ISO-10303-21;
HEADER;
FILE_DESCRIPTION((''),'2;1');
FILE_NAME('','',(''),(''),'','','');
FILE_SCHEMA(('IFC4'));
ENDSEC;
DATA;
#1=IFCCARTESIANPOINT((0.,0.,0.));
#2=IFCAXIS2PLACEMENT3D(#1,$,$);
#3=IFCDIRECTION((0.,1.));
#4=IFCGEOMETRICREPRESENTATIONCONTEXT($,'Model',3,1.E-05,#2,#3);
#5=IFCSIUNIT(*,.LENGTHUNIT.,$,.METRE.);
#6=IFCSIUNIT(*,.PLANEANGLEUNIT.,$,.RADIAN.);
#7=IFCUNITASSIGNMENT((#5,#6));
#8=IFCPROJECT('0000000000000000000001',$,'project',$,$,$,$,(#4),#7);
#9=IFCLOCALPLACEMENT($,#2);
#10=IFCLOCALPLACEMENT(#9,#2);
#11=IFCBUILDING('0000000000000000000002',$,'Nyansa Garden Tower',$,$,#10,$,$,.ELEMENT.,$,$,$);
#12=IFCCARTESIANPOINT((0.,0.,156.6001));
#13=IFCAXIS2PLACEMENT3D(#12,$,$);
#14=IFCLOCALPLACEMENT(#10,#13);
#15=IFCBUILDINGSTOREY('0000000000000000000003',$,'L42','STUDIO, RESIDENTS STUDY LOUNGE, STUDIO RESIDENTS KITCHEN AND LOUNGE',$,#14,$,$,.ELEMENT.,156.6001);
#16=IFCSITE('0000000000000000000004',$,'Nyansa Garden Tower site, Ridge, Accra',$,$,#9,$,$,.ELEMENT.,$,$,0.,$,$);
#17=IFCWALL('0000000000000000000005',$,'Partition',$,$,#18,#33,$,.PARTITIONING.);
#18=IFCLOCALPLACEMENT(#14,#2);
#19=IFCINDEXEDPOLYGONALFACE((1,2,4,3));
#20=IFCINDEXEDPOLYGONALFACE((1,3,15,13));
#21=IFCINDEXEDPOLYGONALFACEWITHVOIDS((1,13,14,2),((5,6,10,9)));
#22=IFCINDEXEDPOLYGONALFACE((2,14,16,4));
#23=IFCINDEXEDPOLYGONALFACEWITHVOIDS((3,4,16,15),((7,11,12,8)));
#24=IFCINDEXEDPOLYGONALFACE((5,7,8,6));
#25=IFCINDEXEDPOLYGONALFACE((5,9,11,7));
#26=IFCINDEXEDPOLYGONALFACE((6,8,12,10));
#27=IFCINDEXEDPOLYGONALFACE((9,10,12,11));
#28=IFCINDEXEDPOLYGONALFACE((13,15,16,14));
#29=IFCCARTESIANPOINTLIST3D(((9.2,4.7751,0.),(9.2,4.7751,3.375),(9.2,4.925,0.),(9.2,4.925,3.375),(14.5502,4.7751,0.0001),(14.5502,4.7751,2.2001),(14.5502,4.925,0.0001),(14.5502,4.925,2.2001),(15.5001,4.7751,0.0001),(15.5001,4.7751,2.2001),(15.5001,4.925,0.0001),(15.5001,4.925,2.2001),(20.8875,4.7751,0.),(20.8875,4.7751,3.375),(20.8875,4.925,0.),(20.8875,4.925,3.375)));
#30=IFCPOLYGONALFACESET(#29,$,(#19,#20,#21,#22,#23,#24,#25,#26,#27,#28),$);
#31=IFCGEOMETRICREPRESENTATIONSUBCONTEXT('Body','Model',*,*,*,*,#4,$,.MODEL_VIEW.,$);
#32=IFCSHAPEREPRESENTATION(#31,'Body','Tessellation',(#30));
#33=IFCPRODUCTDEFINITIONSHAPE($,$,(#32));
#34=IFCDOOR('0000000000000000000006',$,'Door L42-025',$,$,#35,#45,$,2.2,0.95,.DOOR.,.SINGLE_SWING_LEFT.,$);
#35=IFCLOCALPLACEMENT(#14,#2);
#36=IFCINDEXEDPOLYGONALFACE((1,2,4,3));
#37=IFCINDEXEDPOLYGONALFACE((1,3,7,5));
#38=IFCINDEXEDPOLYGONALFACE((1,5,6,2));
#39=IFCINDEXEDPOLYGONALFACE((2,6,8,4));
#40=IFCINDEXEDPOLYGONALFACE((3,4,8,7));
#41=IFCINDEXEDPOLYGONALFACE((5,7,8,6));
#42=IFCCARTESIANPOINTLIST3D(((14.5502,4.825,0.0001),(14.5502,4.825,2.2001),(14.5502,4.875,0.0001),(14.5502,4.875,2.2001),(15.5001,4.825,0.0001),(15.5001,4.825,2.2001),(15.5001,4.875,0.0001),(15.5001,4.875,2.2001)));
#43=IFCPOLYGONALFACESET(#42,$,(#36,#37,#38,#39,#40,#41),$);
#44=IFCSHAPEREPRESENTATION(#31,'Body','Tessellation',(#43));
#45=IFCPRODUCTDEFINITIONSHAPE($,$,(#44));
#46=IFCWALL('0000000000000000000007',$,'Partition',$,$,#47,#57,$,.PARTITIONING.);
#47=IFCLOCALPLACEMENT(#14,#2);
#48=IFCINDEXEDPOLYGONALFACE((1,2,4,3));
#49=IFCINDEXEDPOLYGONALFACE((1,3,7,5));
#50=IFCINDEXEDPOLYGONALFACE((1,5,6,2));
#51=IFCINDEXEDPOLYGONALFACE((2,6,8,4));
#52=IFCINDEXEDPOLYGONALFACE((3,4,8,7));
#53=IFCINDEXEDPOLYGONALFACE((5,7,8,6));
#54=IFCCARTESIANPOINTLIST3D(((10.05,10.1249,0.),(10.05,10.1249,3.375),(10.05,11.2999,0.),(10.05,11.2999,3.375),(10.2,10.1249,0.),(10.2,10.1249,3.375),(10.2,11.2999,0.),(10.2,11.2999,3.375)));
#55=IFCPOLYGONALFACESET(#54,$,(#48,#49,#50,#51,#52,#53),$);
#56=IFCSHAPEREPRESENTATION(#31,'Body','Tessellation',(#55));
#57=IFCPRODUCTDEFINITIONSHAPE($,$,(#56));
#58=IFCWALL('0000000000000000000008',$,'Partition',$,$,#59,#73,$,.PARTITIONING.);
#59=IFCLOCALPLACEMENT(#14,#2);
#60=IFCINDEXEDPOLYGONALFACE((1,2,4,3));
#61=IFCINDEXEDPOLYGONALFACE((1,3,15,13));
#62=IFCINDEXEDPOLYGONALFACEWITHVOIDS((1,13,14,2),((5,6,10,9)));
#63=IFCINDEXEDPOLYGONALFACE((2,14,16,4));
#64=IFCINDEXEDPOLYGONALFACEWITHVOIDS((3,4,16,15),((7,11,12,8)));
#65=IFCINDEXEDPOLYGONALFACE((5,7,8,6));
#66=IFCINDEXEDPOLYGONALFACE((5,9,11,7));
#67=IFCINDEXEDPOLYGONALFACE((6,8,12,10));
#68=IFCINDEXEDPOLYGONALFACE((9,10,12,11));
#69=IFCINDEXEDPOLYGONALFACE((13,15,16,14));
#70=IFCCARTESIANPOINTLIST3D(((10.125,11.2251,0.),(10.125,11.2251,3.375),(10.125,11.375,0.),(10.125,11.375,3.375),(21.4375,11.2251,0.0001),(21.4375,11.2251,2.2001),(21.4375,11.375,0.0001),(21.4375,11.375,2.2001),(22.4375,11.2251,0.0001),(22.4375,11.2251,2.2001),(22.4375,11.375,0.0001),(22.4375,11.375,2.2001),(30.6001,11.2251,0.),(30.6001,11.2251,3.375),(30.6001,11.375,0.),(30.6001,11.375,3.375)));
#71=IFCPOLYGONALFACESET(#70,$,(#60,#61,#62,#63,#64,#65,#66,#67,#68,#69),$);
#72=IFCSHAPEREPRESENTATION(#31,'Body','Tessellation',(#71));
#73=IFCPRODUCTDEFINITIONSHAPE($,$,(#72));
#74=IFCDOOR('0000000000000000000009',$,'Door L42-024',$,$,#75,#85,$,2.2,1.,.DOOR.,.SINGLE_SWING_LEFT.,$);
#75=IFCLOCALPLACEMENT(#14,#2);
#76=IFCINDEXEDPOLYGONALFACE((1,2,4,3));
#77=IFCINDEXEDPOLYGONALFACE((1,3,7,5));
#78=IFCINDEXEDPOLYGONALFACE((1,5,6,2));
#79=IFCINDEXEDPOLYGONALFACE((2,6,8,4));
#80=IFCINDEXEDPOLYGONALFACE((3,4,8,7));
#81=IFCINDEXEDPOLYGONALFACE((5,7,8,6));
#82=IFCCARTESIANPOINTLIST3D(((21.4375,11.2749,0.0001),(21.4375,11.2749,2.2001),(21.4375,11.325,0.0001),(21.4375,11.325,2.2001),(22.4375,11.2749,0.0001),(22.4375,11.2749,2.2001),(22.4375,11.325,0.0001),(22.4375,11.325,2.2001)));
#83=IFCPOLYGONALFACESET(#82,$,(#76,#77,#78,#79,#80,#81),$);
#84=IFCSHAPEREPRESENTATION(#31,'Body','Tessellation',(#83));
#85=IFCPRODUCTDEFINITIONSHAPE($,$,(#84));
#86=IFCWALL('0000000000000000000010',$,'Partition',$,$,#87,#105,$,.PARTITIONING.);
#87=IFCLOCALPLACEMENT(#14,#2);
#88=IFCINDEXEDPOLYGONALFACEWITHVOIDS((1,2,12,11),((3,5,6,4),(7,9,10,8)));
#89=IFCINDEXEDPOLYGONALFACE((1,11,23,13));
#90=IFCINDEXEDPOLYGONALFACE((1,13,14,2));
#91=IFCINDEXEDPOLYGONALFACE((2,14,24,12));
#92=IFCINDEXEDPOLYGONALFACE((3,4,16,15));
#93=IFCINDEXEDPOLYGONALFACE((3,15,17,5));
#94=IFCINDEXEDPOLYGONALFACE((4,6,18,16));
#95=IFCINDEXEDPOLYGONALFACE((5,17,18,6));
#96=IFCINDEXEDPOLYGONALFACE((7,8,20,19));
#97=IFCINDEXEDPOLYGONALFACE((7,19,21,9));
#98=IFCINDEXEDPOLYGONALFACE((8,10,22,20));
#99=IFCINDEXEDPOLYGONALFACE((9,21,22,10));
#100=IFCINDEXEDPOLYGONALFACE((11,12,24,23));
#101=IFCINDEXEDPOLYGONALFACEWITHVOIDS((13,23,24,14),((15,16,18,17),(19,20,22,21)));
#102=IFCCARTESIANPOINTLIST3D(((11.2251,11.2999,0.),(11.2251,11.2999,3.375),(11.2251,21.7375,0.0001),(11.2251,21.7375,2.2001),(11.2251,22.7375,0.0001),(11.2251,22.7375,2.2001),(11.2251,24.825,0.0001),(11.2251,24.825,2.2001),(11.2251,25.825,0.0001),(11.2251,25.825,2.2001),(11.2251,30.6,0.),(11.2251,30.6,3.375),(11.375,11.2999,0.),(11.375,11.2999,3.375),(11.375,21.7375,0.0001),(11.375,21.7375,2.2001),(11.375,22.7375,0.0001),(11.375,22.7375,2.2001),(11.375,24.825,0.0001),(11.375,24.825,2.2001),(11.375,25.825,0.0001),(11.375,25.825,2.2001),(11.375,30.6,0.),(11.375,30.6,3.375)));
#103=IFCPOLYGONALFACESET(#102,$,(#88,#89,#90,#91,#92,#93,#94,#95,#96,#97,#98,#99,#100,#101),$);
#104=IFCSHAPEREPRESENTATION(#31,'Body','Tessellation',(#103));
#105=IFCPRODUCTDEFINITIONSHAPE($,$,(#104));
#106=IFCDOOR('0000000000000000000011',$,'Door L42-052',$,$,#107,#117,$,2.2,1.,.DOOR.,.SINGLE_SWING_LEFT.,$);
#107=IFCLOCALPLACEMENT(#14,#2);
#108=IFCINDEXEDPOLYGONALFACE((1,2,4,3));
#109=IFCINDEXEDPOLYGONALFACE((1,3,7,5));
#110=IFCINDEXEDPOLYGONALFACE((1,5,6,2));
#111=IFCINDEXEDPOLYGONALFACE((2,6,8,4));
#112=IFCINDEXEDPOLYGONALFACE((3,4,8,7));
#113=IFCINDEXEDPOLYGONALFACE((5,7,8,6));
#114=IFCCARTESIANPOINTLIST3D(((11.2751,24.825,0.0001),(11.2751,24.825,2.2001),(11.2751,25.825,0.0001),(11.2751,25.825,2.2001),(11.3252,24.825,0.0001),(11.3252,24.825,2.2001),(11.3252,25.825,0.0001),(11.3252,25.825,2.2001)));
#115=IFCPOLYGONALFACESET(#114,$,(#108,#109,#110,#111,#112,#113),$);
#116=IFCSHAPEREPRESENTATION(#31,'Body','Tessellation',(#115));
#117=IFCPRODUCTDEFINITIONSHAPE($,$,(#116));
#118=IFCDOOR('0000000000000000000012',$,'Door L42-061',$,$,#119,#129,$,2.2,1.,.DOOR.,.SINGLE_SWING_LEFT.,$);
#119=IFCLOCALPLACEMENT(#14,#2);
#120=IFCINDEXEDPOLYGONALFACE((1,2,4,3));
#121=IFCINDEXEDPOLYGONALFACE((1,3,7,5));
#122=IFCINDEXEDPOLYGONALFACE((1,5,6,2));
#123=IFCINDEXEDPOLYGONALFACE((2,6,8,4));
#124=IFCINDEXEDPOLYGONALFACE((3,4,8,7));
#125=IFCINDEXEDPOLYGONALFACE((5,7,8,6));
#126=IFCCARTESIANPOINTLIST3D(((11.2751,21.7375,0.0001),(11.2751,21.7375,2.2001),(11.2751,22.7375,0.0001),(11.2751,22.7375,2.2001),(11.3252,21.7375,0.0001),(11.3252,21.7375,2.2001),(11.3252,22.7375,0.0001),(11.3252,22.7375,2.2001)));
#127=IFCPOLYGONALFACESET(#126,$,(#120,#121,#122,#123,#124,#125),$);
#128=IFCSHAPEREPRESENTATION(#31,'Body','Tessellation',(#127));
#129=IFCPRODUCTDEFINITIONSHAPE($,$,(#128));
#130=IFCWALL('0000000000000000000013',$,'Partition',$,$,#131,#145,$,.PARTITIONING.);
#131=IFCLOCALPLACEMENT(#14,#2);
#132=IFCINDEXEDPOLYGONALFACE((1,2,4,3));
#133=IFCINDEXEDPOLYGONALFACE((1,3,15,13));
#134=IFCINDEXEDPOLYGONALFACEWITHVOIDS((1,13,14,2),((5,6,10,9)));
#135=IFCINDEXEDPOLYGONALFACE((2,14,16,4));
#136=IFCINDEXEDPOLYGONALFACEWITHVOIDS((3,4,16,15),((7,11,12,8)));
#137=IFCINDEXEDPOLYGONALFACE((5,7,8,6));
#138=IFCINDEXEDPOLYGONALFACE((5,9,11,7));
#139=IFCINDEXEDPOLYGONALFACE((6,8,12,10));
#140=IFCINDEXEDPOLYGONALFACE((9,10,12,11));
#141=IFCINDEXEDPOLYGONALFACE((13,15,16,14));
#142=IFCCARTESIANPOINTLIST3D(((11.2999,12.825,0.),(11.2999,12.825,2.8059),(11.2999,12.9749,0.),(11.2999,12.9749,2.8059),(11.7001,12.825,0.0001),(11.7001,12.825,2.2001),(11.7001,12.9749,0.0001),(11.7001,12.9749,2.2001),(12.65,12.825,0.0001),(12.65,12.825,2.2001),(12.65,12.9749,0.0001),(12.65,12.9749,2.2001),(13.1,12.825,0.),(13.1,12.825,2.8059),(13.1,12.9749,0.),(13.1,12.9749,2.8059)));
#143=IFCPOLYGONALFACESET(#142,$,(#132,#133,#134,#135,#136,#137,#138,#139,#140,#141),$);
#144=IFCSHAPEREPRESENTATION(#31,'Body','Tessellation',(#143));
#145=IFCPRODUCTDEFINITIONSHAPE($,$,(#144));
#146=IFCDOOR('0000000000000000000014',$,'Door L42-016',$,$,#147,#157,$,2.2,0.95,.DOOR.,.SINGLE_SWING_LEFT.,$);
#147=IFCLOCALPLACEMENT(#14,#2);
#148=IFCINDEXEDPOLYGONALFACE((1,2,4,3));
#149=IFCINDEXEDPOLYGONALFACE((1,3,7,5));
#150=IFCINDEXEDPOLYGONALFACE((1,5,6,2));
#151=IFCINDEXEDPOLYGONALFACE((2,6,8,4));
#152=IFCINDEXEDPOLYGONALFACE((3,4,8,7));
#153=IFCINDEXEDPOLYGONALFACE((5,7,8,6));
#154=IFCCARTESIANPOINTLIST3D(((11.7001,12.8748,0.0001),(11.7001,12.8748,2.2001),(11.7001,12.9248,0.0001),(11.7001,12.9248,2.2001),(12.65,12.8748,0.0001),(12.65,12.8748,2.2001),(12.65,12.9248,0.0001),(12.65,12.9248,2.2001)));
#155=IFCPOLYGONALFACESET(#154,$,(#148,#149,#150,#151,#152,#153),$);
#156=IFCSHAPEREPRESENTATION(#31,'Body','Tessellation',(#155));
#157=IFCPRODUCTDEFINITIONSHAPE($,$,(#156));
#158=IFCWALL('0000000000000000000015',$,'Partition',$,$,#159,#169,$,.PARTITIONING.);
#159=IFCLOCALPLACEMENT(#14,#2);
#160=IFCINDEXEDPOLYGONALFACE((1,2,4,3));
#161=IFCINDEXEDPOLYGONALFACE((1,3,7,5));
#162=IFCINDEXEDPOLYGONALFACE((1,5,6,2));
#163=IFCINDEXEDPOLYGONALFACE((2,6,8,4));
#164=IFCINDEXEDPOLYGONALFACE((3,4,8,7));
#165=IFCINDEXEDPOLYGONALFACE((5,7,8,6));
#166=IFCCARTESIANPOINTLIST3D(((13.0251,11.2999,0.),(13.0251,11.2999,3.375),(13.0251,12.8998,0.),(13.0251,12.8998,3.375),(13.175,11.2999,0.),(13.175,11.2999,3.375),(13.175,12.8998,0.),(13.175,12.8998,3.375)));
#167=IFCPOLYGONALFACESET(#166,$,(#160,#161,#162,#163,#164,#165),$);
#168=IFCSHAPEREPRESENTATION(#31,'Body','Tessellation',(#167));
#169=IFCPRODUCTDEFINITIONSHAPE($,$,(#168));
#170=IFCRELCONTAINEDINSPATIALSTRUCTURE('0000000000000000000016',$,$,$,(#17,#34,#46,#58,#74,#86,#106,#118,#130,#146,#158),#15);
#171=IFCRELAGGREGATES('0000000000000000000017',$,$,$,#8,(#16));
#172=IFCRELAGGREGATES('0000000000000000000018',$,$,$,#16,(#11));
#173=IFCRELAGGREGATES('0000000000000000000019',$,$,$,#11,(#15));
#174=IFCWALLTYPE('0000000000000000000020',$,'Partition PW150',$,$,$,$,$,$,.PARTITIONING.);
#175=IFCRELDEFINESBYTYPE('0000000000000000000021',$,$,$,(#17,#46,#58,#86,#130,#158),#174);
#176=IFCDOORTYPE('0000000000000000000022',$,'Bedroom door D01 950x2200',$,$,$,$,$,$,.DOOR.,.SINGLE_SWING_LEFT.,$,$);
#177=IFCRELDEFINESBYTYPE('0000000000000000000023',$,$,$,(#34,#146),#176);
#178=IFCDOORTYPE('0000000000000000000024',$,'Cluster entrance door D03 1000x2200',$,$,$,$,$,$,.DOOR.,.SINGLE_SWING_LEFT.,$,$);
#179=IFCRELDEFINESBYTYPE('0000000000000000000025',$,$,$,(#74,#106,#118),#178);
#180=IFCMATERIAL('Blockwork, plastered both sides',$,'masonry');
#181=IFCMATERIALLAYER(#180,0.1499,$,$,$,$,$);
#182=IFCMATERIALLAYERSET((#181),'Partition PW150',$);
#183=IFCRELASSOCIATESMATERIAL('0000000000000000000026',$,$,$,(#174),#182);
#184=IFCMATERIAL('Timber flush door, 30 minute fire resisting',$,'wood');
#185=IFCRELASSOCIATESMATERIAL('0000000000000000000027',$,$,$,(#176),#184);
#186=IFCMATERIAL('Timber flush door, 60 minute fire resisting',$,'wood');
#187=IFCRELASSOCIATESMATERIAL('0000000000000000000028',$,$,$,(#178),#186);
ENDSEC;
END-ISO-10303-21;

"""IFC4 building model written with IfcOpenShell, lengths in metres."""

from ifc_helpers import new_model, si_unit, direction, frame, frame_2d, origin, place, context, subcontext, project, spatial, rectangle, extrude, material, layer, layer_set, type_object, element, fill, save


model = new_model("IFC4")

# Units and contexts
model_context = context("Model", 3, precision=1e-05, world=origin(), true_north=direction((0.0, 1.0)))
body_context = subcontext(model_context, "Body", "Model", "MODEL_VIEW")
ifc_project = project(units=[si_unit("LENGTHUNIT", "METRE"), si_unit("PLANEANGLEUNIT", "RADIAN")], contexts=[model_context])

# Site, building, storey
site_placement = place(None, origin())
site = spatial("IfcSite", under=ifc_project, at=site_placement, Name="Nyansa Garden Tower site, Ridge, Accra", CompositionType="ELEMENT", RefElevation=0.0)
building_placement = place(site_placement, origin())
building = spatial("IfcBuilding", under=site, at=building_placement, Name="Nyansa Garden Tower", CompositionType="ELEMENT")
storey_placement = place(building_placement, frame((0.0, 0.0, 156.6001)))
storey = spatial("IfcBuildingStorey", under=building, at=storey_placement, Name="L42", Description="STUDIO, RESIDENTS STUDY LOUNGE, STUDIO RESIDENTS KITCHEN AND LOUNGE", CompositionType="ELEMENT", Elevation=156.6001)

# Wall, opening, door
ifc_material_1 = material(Name="Blockwork, plastered both sides", Category="masonry")
ifc_layer = layer(ifc_material_1, 0.1499)
ifc_layer_set = layer_set([ifc_layer], Name="Partition PW150")
wall_type = type_object("IfcWallType", Name="Partition PW150", PredefinedType="PARTITIONING", material=ifc_layer_set)
wall_1_placement = place(storey_placement, frame((9.2, 4.8501, 0.0), z_axis=(0.0, 0.0, 1.0), x_axis=(1.0, 0.0, 0.0)))
wall_1 = element("IfcWall", 1, at=wall_1_placement, inside=storey, type_object=wall_type, Name="Partition", PredefinedType="PARTITIONING", context=body_context, shape_type="SweptSolid", body=[
    extrude(rectangle(XDim=11.6875, YDim=0.1499, at=frame_2d((5.8438, 0.0))), origin(), (0.0, 0.0, 1.0), 3.375),
])
opening_1_placement = place(wall_1_placement, frame((5.3501, 0.0, 0.0)))
opening_1 = element("IfcOpeningElement", 2, at=opening_1_placement, cuts=wall_1, PredefinedType="OPENING", context=body_context, shape_type="SweptSolid", body=[
    extrude(rectangle(XDim=0.95, YDim=2.2, at=frame_2d((0.4751, 1.1001))), frame((0.0, 0.085, 0.0), z_axis=(0.0, -1.0, 0.0), x_axis=(1.0, 0.0, 0.0)), (0.0, 0.0, 1.0), 0.1699),
])
ifc_material_2 = material(Name="Timber flush door, 30 minute fire resisting", Category="wood")
door_type_1 = type_object("IfcDoorType", Name="Bedroom door D01 950x2200", OperationType="SINGLE_SWING_LEFT", PredefinedType="DOOR", material=ifc_material_2)
door_1_placement = place(opening_1_placement, origin())
door_1 = element("IfcDoor", 3, at=door_1_placement, inside=storey, type_object=door_type_1, Name="Door L42-025", OperationType="SINGLE_SWING_LEFT", OverallHeight=2.2, OverallWidth=0.95, PredefinedType="DOOR", context=body_context, shape_type="SweptSolid", body=[
    extrude(rectangle(XDim=0.95, YDim=2.2, at=frame_2d((0.4751, 1.1001))), frame((0.0, 0.0249, 0.0), z_axis=(0.0, -1.0, 0.0), x_axis=(1.0, 0.0, 0.0)), (0.0, 0.0, 1.0), 0.05),
])
fill(opening_1, door_1)

# Wall
wall_2_placement = place(storey_placement, frame((10.125, 10.125, 0.0), z_axis=(0.0, 0.0, 1.0), x_axis=(0.0, 1.0, 0.0)))
element("IfcWall", 4, at=wall_2_placement, inside=storey, type_object=wall_type, Name="Partition", PredefinedType="PARTITIONING", context=body_context, shape_type="SweptSolid", body=[
    extrude(rectangle(XDim=1.175, YDim=0.1499, at=frame_2d((0.5874, 0.0))), origin(), (0.0, 0.0, 1.0), 3.375),
])

# Wall, opening, door
wall_3_placement = place(storey_placement, frame((10.125, 11.3, 0.0), z_axis=(0.0, 0.0, 1.0), x_axis=(1.0, 0.0, 0.0)))
wall_3 = element("IfcWall", 5, at=wall_3_placement, inside=storey, type_object=wall_type, Name="Partition", PredefinedType="PARTITIONING", context=body_context, shape_type="SweptSolid", body=[
    extrude(rectangle(XDim=20.4751, YDim=0.1499, at=frame_2d((10.2375, 0.0))), origin(), (0.0, 0.0, 1.0), 3.375),
])
opening_2_placement = place(wall_3_placement, frame((11.3125, 0.0, 0.0)))
opening_2 = element("IfcOpeningElement", 6, at=opening_2_placement, cuts=wall_3, PredefinedType="OPENING", context=body_context, shape_type="SweptSolid", body=[
    extrude(rectangle(XDim=1.0, YDim=2.2, at=frame_2d((0.5, 1.1001))), frame((0.0, 0.085, 0.0), z_axis=(0.0, -1.0, 0.0), x_axis=(1.0, 0.0, 0.0)), (0.0, 0.0, 1.0), 0.1699),
])
ifc_material_3 = material(Name="Timber flush door, 60 minute fire resisting", Category="wood")
door_type_2 = type_object("IfcDoorType", Name="Cluster entrance door D03 1000x2200", OperationType="SINGLE_SWING_LEFT", PredefinedType="DOOR", material=ifc_material_3)
door_2_placement = place(opening_2_placement, origin())
door_2 = element("IfcDoor", 7, at=door_2_placement, inside=storey, type_object=door_type_2, Name="Door L42-024", OperationType="SINGLE_SWING_LEFT", OverallHeight=2.2, OverallWidth=1.0, PredefinedType="DOOR", context=body_context, shape_type="SweptSolid", body=[
    extrude(rectangle(XDim=1.0, YDim=2.2, at=frame_2d((0.5, 1.1001))), frame((0.0, 0.0249, 0.0), z_axis=(0.0, -1.0, 0.0), x_axis=(1.0, 0.0, 0.0)), (0.0, 0.0, 1.0), 0.05),
])
fill(opening_2, door_2)

# Wall, openings, doors
wall_4_placement = place(storey_placement, frame((11.3, 11.3, 0.0), z_axis=(0.0, 0.0, 1.0), x_axis=(0.0, 1.0, 0.0)))
wall_4 = element("IfcWall", 8, at=wall_4_placement, inside=storey, type_object=wall_type, Name="Partition", PredefinedType="PARTITIONING", context=body_context, shape_type="SweptSolid", body=[
    extrude(rectangle(XDim=19.3, YDim=0.1499, at=frame_2d((9.6499, 0.0))), origin(), (0.0, 0.0, 1.0), 3.375),
])
opening_3_placement = place(wall_4_placement, frame((13.5249, 0.0, 0.0)))
opening_3 = element("IfcOpeningElement", 9, at=opening_3_placement, cuts=wall_4, PredefinedType="OPENING", context=body_context, shape_type="SweptSolid", body=[
    extrude(rectangle(XDim=1.0, YDim=2.2, at=frame_2d((0.5, 1.1001))), frame((0.0, 0.085, 0.0), z_axis=(0.0, -1.0, 0.0), x_axis=(1.0, 0.0, 0.0)), (0.0, 0.0, 1.0), 0.1699),
])
opening_4_placement = place(wall_4_placement, frame((10.4375, 0.0, 0.0)))
opening_4 = element("IfcOpeningElement", 10, at=opening_4_placement, cuts=wall_4, PredefinedType="OPENING", context=body_context, shape_type="SweptSolid", body=[
    extrude(rectangle(XDim=1.0, YDim=2.2, at=frame_2d((0.5, 1.1001))), frame((0.0, 0.085, 0.0), z_axis=(0.0, -1.0, 0.0), x_axis=(1.0, 0.0, 0.0)), (0.0, 0.0, 1.0), 0.1699),
])
door_3_placement = place(opening_3_placement, origin())
door_3 = element("IfcDoor", 11, at=door_3_placement, inside=storey, type_object=door_type_2, Name="Door L42-052", OperationType="SINGLE_SWING_LEFT", OverallHeight=2.2, OverallWidth=1.0, PredefinedType="DOOR", context=body_context, shape_type="SweptSolid", body=[
    extrude(rectangle(XDim=1.0, YDim=2.2, at=frame_2d((0.5, 1.1001))), frame((0.0, 0.0249, 0.0), z_axis=(0.0, -1.0, 0.0), x_axis=(1.0, 0.0, 0.0)), (0.0, 0.0, 1.0), 0.05),
])
fill(opening_3, door_3)
door_4_placement = place(opening_4_placement, origin())
door_4 = element("IfcDoor", 12, at=door_4_placement, inside=storey, type_object=door_type_2, Name="Door L42-061", OperationType="SINGLE_SWING_LEFT", OverallHeight=2.2, OverallWidth=1.0, PredefinedType="DOOR", context=body_context, shape_type="SweptSolid", body=[
    extrude(rectangle(XDim=1.0, YDim=2.2, at=frame_2d((0.5, 1.1001))), frame((0.0, 0.0249, 0.0), z_axis=(0.0, -1.0, 0.0), x_axis=(1.0, 0.0, 0.0)), (0.0, 0.0, 1.0), 0.05),
])
fill(opening_4, door_4)

# Wall, opening, door
wall_5_placement = place(storey_placement, frame((11.3, 12.8999, 0.0), z_axis=(0.0, 0.0, 1.0), x_axis=(1.0, 0.0, 0.0)))
wall_5 = element("IfcWall", 13, at=wall_5_placement, inside=storey, type_object=wall_type, Name="Partition", PredefinedType="PARTITIONING", context=body_context, shape_type="SweptSolid", body=[
    extrude(rectangle(XDim=1.8, YDim=0.1499, at=frame_2d((0.8999, 0.0))), origin(), (0.0, 0.0, 1.0), 2.8059),
])
opening_5_placement = place(wall_5_placement, frame((0.3999, 0.0, 0.0)))
opening_5 = element("IfcOpeningElement", 14, at=opening_5_placement, cuts=wall_5, PredefinedType="OPENING", context=body_context, shape_type="SweptSolid", body=[
    extrude(rectangle(XDim=0.95, YDim=2.2, at=frame_2d((0.4751, 1.1001))), frame((0.0, 0.085, 0.0), z_axis=(0.0, -1.0, 0.0), x_axis=(1.0, 0.0, 0.0)), (0.0, 0.0, 1.0), 0.1699),
])
door_5_placement = place(opening_5_placement, origin())
door_5 = element("IfcDoor", 15, at=door_5_placement, inside=storey, type_object=door_type_1, Name="Door L42-016", OperationType="SINGLE_SWING_LEFT", OverallHeight=2.2, OverallWidth=0.95, PredefinedType="DOOR", context=body_context, shape_type="SweptSolid", body=[
    extrude(rectangle(XDim=0.95, YDim=2.2, at=frame_2d((0.4751, 1.1001))), frame((0.0, 0.0249, 0.0), z_axis=(0.0, -1.0, 0.0), x_axis=(1.0, 0.0, 0.0)), (0.0, 0.0, 1.0), 0.05),
])
fill(opening_5, door_5)

# Wall
wall_6_placement = place(storey_placement, frame((13.1001, 11.3, 0.0), z_axis=(0.0, 0.0, 1.0), x_axis=(0.0, 1.0, 0.0)))
element("IfcWall", 16, at=wall_6_placement, inside=storey, type_object=wall_type, Name="Partition", PredefinedType="PARTITIONING", context=body_context, shape_type="SweptSolid", body=[
    extrude(rectangle(XDim=1.5999, YDim=0.1499, at=frame_2d((0.7998, 0.0))), origin(), (0.0, 0.0, 1.0), 3.375),
])

save(model, "model.ifc")
